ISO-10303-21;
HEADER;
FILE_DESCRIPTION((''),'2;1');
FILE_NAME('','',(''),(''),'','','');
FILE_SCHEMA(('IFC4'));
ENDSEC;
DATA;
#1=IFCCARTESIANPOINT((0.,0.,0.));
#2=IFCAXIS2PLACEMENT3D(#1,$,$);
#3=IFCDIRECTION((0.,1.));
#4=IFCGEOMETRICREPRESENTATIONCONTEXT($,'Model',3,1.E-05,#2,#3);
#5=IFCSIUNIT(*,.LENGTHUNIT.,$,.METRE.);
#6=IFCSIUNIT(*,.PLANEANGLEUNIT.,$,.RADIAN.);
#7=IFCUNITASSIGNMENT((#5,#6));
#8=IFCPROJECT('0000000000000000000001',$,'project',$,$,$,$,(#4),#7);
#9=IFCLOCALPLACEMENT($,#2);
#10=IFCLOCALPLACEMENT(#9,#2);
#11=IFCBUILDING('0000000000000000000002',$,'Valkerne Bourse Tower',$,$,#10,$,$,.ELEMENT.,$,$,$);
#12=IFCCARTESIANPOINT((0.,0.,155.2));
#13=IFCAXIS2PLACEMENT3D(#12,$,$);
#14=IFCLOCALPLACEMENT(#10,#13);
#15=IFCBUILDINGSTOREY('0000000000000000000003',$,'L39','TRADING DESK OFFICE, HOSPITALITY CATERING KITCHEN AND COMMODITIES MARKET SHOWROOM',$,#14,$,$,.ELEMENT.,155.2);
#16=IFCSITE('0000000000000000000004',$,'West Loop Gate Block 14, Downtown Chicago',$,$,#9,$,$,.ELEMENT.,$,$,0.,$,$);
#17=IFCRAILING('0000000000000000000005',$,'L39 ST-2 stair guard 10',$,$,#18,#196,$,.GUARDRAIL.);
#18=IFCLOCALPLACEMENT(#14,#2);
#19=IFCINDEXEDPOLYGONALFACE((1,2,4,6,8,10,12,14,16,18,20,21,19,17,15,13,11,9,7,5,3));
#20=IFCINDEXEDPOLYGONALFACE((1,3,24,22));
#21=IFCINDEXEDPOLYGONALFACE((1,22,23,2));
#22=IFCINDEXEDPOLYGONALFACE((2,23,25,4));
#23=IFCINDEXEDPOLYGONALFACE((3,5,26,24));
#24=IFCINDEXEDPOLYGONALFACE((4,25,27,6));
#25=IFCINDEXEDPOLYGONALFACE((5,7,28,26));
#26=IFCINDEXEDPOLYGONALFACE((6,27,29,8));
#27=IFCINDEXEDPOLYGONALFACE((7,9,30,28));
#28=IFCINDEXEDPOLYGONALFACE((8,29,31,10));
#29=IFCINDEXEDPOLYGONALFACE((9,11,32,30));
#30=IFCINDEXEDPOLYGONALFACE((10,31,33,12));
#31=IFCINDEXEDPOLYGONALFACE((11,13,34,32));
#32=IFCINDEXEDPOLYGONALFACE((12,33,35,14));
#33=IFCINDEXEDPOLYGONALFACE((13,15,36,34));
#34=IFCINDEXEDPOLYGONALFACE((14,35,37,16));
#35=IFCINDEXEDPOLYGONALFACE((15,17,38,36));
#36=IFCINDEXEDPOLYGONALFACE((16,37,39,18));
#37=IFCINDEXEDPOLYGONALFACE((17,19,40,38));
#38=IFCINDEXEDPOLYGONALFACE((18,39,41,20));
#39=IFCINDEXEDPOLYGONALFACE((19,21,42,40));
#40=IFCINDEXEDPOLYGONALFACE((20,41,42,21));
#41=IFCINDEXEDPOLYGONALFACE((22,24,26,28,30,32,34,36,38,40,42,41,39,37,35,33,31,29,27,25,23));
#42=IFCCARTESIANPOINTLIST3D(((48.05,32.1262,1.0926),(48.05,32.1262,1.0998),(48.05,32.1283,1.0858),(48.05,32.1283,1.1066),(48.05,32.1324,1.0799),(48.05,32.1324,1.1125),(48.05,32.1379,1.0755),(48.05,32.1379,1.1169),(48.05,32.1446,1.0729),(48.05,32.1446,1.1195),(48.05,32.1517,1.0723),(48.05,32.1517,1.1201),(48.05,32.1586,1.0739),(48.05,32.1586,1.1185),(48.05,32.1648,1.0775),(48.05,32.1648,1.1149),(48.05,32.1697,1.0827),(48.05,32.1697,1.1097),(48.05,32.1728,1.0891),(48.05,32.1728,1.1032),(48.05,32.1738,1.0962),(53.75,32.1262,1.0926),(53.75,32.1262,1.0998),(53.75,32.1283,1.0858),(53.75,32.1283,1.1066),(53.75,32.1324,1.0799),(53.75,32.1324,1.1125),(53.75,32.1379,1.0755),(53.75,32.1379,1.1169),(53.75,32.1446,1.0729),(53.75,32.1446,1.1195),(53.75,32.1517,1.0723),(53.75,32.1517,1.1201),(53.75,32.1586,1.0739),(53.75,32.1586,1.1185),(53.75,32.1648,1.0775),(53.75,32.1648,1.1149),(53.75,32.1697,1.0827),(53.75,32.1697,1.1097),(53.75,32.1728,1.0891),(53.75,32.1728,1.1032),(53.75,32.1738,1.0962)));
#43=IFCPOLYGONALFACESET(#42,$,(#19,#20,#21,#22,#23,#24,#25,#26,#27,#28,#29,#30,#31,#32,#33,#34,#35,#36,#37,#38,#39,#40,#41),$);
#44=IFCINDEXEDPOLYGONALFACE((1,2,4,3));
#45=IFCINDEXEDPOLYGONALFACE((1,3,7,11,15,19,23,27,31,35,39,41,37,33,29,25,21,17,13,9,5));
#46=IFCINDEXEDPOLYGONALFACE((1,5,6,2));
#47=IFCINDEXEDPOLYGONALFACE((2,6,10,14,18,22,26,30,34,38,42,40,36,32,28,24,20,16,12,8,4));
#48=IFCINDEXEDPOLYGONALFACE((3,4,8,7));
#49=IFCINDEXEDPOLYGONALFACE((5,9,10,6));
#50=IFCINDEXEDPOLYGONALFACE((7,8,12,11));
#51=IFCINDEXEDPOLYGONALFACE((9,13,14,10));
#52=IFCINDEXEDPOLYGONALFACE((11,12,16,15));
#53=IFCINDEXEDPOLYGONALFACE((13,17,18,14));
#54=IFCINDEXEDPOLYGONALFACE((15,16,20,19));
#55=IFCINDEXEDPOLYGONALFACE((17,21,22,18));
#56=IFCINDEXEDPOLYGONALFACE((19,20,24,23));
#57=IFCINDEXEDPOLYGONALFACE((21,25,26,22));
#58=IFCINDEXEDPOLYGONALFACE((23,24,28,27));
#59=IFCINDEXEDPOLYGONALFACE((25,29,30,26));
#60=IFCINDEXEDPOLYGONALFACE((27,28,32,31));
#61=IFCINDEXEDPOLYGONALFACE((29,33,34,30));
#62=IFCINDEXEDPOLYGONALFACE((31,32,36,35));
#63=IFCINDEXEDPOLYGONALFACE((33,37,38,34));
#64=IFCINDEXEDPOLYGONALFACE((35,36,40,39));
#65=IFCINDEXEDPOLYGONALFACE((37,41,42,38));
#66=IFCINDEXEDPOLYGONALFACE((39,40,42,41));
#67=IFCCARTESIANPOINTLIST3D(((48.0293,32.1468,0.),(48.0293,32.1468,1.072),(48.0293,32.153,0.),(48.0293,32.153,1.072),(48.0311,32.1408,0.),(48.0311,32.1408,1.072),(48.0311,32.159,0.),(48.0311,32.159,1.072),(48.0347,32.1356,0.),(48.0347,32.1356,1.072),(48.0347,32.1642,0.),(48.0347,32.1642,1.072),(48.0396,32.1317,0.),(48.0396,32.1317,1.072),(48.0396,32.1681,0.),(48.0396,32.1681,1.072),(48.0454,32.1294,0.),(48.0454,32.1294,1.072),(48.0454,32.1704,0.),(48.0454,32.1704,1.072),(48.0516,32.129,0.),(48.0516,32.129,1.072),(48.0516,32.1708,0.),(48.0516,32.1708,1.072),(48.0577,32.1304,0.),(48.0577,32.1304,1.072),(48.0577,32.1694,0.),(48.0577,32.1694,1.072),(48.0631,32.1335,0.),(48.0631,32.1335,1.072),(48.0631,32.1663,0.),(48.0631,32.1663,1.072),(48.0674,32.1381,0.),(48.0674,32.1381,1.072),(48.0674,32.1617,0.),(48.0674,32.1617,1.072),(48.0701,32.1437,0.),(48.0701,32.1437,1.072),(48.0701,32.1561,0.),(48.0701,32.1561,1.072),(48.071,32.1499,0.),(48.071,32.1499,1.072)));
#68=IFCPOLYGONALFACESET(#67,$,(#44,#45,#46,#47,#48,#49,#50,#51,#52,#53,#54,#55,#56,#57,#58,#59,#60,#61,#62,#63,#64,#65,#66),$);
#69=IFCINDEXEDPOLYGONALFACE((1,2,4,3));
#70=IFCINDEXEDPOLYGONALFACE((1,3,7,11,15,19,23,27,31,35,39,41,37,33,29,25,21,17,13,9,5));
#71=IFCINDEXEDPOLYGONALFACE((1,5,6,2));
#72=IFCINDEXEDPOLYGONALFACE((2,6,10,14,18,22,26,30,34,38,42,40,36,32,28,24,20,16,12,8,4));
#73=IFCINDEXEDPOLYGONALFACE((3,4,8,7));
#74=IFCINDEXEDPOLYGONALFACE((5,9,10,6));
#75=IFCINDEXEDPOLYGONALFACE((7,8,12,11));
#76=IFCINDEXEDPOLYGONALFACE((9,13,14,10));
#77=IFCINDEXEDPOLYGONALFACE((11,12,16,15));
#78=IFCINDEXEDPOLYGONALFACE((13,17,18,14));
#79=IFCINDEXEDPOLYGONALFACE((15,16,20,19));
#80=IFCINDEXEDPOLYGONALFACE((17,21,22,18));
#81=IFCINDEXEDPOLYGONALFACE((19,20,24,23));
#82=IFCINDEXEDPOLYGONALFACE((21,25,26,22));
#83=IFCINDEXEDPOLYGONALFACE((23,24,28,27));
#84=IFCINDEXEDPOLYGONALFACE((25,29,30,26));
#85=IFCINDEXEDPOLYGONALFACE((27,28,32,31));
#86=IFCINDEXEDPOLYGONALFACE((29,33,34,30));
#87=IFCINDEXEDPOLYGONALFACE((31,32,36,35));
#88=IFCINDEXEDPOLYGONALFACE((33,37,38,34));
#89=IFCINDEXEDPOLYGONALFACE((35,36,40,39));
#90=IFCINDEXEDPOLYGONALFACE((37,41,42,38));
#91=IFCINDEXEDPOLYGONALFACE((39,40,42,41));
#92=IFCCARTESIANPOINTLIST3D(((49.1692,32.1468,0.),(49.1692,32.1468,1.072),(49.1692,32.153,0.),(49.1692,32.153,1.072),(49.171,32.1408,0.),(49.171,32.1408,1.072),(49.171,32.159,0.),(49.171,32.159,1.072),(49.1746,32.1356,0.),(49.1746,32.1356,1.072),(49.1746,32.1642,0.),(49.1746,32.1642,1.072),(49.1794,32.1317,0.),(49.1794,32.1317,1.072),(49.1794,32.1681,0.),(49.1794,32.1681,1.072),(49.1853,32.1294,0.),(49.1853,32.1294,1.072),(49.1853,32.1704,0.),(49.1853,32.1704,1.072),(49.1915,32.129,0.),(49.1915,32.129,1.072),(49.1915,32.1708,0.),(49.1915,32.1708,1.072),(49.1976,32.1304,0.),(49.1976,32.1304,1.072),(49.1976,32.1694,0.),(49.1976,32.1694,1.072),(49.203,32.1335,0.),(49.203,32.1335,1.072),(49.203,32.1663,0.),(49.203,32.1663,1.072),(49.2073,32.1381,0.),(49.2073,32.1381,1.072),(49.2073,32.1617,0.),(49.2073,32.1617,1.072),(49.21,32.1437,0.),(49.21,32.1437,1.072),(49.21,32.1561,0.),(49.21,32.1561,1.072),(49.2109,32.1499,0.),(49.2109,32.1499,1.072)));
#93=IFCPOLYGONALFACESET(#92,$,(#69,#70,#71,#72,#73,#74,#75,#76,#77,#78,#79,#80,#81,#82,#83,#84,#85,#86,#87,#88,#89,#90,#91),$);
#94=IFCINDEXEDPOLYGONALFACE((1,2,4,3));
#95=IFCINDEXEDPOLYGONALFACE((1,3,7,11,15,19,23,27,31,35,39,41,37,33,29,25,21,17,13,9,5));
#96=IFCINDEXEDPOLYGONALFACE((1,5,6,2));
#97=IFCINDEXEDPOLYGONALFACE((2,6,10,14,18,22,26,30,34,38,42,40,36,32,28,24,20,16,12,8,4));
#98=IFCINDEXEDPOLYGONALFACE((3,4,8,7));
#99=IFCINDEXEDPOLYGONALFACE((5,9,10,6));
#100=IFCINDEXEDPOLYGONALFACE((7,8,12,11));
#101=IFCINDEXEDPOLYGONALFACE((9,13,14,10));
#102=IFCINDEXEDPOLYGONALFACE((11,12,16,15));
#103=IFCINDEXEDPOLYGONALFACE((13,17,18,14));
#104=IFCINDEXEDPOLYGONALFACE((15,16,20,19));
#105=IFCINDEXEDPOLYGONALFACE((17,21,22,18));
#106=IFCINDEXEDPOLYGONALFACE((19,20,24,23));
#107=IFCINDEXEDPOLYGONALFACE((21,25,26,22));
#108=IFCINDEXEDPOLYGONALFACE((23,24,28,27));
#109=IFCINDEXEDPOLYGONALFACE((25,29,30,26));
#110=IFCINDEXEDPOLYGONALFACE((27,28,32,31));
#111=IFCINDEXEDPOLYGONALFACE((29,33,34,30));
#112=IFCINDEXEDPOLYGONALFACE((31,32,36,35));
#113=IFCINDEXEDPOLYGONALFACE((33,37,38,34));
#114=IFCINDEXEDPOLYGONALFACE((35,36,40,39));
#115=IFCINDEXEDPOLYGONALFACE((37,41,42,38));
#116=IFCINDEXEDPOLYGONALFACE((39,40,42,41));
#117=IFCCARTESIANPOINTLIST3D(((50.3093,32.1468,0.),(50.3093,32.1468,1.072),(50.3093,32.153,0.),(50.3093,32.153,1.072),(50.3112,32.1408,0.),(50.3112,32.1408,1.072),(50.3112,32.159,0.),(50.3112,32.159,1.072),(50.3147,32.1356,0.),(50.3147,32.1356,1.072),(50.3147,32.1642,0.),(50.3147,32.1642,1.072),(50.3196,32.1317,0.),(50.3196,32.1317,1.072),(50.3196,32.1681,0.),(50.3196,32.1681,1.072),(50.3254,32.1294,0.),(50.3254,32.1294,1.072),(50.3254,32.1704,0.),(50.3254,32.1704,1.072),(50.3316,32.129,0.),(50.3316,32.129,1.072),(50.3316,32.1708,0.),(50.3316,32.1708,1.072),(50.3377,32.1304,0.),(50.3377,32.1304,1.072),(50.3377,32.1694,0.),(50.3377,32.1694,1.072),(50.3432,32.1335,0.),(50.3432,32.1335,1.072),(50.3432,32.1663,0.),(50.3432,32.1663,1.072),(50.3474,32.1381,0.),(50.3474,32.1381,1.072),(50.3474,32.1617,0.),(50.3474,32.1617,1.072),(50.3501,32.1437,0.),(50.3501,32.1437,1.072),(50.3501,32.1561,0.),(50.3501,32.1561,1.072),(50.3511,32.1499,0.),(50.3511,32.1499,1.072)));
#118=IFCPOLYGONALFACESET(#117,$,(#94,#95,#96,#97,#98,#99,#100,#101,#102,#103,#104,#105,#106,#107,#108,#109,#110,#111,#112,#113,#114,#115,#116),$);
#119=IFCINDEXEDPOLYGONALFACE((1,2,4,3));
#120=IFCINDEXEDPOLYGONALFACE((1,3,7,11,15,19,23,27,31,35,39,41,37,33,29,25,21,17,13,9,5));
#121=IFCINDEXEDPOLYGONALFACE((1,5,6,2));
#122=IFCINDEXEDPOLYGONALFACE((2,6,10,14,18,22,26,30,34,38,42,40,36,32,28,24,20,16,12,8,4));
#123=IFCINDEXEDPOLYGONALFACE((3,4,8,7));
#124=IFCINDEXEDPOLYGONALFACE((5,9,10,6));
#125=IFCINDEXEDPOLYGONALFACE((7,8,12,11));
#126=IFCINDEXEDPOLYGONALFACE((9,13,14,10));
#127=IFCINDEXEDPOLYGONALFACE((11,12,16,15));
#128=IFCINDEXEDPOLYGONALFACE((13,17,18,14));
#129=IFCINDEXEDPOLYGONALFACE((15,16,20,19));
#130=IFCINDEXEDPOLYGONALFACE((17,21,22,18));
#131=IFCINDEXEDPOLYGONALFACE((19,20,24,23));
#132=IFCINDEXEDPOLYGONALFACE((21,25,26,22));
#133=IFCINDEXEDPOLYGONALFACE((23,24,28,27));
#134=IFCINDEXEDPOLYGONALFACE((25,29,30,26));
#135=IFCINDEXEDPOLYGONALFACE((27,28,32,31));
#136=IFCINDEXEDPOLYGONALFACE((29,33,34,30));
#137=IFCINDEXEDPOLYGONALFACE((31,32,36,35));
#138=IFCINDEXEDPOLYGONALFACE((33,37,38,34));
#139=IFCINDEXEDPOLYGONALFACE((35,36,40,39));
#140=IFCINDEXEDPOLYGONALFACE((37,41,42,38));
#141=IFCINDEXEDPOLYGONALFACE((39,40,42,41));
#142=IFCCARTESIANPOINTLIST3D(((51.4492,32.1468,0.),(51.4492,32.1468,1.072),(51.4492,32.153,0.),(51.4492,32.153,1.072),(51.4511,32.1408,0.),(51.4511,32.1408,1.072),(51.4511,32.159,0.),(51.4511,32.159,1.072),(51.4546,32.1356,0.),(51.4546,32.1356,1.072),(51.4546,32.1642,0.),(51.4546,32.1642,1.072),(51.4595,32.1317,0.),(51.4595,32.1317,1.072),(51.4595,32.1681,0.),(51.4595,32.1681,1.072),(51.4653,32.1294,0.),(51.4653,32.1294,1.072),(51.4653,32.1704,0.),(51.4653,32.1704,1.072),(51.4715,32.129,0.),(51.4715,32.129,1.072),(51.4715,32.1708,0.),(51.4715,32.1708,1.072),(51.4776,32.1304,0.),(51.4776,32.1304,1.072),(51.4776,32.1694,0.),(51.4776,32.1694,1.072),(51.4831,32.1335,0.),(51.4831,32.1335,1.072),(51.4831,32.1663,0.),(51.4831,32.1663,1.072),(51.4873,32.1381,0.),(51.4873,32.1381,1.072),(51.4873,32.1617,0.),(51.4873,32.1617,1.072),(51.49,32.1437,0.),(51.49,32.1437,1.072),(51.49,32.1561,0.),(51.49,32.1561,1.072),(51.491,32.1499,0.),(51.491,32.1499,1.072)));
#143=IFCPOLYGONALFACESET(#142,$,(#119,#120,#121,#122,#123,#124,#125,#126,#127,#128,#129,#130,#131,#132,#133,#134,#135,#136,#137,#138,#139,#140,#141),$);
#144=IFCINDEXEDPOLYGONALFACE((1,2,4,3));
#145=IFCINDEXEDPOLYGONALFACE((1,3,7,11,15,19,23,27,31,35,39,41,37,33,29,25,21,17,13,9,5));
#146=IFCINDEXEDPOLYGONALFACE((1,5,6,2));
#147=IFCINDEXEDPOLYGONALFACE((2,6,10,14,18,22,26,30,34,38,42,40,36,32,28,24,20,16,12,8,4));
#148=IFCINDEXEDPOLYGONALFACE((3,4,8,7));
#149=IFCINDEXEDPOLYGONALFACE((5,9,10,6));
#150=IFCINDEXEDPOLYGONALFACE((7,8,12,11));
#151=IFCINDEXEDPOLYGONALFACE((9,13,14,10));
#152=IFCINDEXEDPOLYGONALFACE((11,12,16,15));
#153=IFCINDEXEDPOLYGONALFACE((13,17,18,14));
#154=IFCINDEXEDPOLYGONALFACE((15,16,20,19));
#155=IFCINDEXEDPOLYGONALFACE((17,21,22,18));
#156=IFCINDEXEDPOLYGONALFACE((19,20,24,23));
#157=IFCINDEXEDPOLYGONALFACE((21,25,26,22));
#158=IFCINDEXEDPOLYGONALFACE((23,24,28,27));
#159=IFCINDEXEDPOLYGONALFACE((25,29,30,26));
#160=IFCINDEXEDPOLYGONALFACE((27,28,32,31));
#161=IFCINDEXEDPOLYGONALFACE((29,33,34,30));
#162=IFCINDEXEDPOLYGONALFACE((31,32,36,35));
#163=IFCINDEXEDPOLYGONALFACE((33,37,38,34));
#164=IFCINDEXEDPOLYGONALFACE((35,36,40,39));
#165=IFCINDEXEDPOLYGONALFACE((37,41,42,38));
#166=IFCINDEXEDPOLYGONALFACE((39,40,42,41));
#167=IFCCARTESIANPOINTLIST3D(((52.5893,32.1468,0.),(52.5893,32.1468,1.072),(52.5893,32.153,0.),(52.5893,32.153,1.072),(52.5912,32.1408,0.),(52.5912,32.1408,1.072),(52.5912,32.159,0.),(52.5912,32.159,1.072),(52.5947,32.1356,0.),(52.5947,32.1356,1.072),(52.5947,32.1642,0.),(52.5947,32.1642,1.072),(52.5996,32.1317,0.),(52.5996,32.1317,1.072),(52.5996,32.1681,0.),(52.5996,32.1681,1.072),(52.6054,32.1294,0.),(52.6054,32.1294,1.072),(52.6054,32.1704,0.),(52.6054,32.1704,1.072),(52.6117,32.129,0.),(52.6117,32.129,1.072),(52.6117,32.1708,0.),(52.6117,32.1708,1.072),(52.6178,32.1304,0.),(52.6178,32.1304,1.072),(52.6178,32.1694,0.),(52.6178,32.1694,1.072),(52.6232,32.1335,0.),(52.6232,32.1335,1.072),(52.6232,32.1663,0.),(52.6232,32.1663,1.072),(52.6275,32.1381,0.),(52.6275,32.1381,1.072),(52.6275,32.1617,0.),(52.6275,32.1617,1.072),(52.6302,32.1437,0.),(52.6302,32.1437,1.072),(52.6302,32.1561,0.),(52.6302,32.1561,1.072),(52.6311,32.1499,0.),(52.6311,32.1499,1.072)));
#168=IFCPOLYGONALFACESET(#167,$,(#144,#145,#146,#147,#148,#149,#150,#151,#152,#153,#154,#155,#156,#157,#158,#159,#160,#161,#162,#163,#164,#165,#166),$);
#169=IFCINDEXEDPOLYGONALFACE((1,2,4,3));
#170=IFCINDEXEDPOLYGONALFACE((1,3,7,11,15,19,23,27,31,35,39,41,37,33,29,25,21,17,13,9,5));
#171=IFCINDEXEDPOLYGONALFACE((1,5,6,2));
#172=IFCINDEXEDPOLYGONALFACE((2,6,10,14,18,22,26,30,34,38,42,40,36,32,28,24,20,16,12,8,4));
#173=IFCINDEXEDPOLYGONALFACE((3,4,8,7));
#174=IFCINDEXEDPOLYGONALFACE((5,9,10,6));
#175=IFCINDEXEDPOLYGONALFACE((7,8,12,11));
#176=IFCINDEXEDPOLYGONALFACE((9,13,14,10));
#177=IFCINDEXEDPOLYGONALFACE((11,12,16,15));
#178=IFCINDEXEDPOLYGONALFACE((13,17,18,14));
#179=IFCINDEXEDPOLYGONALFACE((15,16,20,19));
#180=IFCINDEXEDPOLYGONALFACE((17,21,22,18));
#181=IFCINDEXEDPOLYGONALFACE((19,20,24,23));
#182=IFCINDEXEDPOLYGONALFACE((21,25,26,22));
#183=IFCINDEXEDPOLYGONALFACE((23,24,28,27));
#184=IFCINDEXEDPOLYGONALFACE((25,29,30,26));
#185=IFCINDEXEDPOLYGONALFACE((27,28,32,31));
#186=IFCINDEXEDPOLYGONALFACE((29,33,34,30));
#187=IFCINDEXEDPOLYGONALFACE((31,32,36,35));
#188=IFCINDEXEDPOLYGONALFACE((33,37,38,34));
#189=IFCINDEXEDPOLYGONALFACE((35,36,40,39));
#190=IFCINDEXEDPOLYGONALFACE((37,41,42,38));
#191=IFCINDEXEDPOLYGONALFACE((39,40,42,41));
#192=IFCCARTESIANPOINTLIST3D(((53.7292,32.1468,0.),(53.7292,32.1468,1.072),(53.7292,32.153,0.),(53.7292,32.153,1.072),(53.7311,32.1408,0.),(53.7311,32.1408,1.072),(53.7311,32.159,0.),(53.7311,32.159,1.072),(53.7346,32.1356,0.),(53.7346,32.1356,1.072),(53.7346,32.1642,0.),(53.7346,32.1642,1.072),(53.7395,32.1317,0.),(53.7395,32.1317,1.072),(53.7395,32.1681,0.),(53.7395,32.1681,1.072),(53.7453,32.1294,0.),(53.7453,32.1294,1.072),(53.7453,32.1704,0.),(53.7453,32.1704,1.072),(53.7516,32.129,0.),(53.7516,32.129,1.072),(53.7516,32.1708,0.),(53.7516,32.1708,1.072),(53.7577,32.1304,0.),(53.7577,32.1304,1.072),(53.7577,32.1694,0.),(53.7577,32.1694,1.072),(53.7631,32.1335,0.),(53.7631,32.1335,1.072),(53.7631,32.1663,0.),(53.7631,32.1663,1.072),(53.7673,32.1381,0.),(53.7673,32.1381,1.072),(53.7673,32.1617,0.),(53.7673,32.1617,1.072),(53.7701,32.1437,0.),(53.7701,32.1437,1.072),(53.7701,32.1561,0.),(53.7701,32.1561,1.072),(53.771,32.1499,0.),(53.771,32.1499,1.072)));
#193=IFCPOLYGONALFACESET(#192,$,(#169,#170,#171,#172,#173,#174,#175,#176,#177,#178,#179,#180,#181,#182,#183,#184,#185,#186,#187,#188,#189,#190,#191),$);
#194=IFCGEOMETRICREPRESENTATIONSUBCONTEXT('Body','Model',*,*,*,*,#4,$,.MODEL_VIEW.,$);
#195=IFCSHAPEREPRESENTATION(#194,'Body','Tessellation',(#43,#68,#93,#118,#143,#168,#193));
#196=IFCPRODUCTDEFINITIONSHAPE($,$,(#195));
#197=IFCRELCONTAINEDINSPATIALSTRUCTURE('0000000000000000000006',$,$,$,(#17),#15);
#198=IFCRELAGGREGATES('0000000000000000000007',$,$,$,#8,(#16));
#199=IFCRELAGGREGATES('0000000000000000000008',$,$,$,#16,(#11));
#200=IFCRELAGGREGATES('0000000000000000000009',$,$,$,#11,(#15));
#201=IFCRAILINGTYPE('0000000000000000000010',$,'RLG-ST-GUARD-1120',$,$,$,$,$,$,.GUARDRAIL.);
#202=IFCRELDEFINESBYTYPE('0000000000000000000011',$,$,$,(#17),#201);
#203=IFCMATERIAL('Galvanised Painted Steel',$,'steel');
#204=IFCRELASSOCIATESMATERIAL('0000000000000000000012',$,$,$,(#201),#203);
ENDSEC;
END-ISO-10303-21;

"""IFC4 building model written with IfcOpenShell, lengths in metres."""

from ifc_helpers import new_model, si_unit, direction, frame, origin, origin_2d, place, context, subcontext, project, spatial, circle, extrude, material, type_object, element, save


model = new_model("IFC4")

# Units and contexts
model_context = context("Model", 3, precision=1e-05, world=origin(), true_north=direction((0.0, 1.0)))
body_context = subcontext(model_context, "Body", "Model", "MODEL_VIEW")
ifc_project = project(units=[si_unit("LENGTHUNIT", "METRE"), si_unit("PLANEANGLEUNIT", "RADIAN")], contexts=[model_context])

# Site, building, storey
site_placement = place(None, origin())
site = spatial("IfcSite", under=ifc_project, at=site_placement, Name="West Loop Gate Block 14, Downtown Chicago", CompositionType="ELEMENT", RefElevation=0.0)
building_placement = place(site_placement, origin())
building = spatial("IfcBuilding", under=site, at=building_placement, Name="Valkerne Bourse Tower", CompositionType="ELEMENT")
storey_placement = place(building_placement, frame((0.0, 0.0, 155.2)))
storey = spatial("IfcBuildingStorey", under=building, at=storey_placement, Name="L39", Description="TRADING DESK OFFICE, HOSPITALITY CATERING KITCHEN AND COMMODITIES MARKET SHOWROOM", CompositionType="ELEMENT", Elevation=155.2)

# Shared definitions
ifc_material_1 = material(Name="Galvanised Painted Steel", Category="steel")

# Railing
railing_type = type_object("IfcRailingType", Name="RLG-ST-GUARD-1120", PredefinedType="GUARDRAIL", material=ifc_material_1)
for number, where, name in (
    (1, (48.05, 32.1499, 0.0), "L39 ST-2 stair guard 10"),
):
    element("IfcRailing", number, at=place(storey_placement, frame(where)), inside=storey, type_object=railing_type, Name=name, PredefinedType="GUARDRAIL", context=body_context, shape_type="SweptSolid", body=[
        extrude(circle(Radius=0.0239, at=origin_2d()), frame((0.0, 0.0, 1.0962), z_axis=(1.0, 0.0, 0.0), x_axis=(0.0, 1.0, 0.0)), (0.0, 0.0, 1.0), 5.7),
        extrude(circle(Radius=0.021, at=origin_2d()), origin(), (0.0, 0.0, 1.0), 1.072),
        extrude(circle(Radius=0.021, at=origin_2d()), frame((1.1399, 0.0, 0.0)), (0.0, 0.0, 1.0), 1.072),
        extrude(circle(Radius=0.021, at=origin_2d()), frame((2.28, 0.0, 0.0)), (0.0, 0.0, 1.0), 1.072),
        extrude(circle(Radius=0.021, at=origin_2d()), frame((3.4199, 0.0, 0.0)), (0.0, 0.0, 1.0), 1.072),
        extrude(circle(Radius=0.021, at=origin_2d()), frame((4.5601, 0.0, 0.0)), (0.0, 0.0, 1.0), 1.072),
        extrude(circle(Radius=0.021, at=origin_2d()), frame((5.7, 0.0, 0.0)), (0.0, 0.0, 1.0), 1.072),
    ])

save(model, "model.ifc")
